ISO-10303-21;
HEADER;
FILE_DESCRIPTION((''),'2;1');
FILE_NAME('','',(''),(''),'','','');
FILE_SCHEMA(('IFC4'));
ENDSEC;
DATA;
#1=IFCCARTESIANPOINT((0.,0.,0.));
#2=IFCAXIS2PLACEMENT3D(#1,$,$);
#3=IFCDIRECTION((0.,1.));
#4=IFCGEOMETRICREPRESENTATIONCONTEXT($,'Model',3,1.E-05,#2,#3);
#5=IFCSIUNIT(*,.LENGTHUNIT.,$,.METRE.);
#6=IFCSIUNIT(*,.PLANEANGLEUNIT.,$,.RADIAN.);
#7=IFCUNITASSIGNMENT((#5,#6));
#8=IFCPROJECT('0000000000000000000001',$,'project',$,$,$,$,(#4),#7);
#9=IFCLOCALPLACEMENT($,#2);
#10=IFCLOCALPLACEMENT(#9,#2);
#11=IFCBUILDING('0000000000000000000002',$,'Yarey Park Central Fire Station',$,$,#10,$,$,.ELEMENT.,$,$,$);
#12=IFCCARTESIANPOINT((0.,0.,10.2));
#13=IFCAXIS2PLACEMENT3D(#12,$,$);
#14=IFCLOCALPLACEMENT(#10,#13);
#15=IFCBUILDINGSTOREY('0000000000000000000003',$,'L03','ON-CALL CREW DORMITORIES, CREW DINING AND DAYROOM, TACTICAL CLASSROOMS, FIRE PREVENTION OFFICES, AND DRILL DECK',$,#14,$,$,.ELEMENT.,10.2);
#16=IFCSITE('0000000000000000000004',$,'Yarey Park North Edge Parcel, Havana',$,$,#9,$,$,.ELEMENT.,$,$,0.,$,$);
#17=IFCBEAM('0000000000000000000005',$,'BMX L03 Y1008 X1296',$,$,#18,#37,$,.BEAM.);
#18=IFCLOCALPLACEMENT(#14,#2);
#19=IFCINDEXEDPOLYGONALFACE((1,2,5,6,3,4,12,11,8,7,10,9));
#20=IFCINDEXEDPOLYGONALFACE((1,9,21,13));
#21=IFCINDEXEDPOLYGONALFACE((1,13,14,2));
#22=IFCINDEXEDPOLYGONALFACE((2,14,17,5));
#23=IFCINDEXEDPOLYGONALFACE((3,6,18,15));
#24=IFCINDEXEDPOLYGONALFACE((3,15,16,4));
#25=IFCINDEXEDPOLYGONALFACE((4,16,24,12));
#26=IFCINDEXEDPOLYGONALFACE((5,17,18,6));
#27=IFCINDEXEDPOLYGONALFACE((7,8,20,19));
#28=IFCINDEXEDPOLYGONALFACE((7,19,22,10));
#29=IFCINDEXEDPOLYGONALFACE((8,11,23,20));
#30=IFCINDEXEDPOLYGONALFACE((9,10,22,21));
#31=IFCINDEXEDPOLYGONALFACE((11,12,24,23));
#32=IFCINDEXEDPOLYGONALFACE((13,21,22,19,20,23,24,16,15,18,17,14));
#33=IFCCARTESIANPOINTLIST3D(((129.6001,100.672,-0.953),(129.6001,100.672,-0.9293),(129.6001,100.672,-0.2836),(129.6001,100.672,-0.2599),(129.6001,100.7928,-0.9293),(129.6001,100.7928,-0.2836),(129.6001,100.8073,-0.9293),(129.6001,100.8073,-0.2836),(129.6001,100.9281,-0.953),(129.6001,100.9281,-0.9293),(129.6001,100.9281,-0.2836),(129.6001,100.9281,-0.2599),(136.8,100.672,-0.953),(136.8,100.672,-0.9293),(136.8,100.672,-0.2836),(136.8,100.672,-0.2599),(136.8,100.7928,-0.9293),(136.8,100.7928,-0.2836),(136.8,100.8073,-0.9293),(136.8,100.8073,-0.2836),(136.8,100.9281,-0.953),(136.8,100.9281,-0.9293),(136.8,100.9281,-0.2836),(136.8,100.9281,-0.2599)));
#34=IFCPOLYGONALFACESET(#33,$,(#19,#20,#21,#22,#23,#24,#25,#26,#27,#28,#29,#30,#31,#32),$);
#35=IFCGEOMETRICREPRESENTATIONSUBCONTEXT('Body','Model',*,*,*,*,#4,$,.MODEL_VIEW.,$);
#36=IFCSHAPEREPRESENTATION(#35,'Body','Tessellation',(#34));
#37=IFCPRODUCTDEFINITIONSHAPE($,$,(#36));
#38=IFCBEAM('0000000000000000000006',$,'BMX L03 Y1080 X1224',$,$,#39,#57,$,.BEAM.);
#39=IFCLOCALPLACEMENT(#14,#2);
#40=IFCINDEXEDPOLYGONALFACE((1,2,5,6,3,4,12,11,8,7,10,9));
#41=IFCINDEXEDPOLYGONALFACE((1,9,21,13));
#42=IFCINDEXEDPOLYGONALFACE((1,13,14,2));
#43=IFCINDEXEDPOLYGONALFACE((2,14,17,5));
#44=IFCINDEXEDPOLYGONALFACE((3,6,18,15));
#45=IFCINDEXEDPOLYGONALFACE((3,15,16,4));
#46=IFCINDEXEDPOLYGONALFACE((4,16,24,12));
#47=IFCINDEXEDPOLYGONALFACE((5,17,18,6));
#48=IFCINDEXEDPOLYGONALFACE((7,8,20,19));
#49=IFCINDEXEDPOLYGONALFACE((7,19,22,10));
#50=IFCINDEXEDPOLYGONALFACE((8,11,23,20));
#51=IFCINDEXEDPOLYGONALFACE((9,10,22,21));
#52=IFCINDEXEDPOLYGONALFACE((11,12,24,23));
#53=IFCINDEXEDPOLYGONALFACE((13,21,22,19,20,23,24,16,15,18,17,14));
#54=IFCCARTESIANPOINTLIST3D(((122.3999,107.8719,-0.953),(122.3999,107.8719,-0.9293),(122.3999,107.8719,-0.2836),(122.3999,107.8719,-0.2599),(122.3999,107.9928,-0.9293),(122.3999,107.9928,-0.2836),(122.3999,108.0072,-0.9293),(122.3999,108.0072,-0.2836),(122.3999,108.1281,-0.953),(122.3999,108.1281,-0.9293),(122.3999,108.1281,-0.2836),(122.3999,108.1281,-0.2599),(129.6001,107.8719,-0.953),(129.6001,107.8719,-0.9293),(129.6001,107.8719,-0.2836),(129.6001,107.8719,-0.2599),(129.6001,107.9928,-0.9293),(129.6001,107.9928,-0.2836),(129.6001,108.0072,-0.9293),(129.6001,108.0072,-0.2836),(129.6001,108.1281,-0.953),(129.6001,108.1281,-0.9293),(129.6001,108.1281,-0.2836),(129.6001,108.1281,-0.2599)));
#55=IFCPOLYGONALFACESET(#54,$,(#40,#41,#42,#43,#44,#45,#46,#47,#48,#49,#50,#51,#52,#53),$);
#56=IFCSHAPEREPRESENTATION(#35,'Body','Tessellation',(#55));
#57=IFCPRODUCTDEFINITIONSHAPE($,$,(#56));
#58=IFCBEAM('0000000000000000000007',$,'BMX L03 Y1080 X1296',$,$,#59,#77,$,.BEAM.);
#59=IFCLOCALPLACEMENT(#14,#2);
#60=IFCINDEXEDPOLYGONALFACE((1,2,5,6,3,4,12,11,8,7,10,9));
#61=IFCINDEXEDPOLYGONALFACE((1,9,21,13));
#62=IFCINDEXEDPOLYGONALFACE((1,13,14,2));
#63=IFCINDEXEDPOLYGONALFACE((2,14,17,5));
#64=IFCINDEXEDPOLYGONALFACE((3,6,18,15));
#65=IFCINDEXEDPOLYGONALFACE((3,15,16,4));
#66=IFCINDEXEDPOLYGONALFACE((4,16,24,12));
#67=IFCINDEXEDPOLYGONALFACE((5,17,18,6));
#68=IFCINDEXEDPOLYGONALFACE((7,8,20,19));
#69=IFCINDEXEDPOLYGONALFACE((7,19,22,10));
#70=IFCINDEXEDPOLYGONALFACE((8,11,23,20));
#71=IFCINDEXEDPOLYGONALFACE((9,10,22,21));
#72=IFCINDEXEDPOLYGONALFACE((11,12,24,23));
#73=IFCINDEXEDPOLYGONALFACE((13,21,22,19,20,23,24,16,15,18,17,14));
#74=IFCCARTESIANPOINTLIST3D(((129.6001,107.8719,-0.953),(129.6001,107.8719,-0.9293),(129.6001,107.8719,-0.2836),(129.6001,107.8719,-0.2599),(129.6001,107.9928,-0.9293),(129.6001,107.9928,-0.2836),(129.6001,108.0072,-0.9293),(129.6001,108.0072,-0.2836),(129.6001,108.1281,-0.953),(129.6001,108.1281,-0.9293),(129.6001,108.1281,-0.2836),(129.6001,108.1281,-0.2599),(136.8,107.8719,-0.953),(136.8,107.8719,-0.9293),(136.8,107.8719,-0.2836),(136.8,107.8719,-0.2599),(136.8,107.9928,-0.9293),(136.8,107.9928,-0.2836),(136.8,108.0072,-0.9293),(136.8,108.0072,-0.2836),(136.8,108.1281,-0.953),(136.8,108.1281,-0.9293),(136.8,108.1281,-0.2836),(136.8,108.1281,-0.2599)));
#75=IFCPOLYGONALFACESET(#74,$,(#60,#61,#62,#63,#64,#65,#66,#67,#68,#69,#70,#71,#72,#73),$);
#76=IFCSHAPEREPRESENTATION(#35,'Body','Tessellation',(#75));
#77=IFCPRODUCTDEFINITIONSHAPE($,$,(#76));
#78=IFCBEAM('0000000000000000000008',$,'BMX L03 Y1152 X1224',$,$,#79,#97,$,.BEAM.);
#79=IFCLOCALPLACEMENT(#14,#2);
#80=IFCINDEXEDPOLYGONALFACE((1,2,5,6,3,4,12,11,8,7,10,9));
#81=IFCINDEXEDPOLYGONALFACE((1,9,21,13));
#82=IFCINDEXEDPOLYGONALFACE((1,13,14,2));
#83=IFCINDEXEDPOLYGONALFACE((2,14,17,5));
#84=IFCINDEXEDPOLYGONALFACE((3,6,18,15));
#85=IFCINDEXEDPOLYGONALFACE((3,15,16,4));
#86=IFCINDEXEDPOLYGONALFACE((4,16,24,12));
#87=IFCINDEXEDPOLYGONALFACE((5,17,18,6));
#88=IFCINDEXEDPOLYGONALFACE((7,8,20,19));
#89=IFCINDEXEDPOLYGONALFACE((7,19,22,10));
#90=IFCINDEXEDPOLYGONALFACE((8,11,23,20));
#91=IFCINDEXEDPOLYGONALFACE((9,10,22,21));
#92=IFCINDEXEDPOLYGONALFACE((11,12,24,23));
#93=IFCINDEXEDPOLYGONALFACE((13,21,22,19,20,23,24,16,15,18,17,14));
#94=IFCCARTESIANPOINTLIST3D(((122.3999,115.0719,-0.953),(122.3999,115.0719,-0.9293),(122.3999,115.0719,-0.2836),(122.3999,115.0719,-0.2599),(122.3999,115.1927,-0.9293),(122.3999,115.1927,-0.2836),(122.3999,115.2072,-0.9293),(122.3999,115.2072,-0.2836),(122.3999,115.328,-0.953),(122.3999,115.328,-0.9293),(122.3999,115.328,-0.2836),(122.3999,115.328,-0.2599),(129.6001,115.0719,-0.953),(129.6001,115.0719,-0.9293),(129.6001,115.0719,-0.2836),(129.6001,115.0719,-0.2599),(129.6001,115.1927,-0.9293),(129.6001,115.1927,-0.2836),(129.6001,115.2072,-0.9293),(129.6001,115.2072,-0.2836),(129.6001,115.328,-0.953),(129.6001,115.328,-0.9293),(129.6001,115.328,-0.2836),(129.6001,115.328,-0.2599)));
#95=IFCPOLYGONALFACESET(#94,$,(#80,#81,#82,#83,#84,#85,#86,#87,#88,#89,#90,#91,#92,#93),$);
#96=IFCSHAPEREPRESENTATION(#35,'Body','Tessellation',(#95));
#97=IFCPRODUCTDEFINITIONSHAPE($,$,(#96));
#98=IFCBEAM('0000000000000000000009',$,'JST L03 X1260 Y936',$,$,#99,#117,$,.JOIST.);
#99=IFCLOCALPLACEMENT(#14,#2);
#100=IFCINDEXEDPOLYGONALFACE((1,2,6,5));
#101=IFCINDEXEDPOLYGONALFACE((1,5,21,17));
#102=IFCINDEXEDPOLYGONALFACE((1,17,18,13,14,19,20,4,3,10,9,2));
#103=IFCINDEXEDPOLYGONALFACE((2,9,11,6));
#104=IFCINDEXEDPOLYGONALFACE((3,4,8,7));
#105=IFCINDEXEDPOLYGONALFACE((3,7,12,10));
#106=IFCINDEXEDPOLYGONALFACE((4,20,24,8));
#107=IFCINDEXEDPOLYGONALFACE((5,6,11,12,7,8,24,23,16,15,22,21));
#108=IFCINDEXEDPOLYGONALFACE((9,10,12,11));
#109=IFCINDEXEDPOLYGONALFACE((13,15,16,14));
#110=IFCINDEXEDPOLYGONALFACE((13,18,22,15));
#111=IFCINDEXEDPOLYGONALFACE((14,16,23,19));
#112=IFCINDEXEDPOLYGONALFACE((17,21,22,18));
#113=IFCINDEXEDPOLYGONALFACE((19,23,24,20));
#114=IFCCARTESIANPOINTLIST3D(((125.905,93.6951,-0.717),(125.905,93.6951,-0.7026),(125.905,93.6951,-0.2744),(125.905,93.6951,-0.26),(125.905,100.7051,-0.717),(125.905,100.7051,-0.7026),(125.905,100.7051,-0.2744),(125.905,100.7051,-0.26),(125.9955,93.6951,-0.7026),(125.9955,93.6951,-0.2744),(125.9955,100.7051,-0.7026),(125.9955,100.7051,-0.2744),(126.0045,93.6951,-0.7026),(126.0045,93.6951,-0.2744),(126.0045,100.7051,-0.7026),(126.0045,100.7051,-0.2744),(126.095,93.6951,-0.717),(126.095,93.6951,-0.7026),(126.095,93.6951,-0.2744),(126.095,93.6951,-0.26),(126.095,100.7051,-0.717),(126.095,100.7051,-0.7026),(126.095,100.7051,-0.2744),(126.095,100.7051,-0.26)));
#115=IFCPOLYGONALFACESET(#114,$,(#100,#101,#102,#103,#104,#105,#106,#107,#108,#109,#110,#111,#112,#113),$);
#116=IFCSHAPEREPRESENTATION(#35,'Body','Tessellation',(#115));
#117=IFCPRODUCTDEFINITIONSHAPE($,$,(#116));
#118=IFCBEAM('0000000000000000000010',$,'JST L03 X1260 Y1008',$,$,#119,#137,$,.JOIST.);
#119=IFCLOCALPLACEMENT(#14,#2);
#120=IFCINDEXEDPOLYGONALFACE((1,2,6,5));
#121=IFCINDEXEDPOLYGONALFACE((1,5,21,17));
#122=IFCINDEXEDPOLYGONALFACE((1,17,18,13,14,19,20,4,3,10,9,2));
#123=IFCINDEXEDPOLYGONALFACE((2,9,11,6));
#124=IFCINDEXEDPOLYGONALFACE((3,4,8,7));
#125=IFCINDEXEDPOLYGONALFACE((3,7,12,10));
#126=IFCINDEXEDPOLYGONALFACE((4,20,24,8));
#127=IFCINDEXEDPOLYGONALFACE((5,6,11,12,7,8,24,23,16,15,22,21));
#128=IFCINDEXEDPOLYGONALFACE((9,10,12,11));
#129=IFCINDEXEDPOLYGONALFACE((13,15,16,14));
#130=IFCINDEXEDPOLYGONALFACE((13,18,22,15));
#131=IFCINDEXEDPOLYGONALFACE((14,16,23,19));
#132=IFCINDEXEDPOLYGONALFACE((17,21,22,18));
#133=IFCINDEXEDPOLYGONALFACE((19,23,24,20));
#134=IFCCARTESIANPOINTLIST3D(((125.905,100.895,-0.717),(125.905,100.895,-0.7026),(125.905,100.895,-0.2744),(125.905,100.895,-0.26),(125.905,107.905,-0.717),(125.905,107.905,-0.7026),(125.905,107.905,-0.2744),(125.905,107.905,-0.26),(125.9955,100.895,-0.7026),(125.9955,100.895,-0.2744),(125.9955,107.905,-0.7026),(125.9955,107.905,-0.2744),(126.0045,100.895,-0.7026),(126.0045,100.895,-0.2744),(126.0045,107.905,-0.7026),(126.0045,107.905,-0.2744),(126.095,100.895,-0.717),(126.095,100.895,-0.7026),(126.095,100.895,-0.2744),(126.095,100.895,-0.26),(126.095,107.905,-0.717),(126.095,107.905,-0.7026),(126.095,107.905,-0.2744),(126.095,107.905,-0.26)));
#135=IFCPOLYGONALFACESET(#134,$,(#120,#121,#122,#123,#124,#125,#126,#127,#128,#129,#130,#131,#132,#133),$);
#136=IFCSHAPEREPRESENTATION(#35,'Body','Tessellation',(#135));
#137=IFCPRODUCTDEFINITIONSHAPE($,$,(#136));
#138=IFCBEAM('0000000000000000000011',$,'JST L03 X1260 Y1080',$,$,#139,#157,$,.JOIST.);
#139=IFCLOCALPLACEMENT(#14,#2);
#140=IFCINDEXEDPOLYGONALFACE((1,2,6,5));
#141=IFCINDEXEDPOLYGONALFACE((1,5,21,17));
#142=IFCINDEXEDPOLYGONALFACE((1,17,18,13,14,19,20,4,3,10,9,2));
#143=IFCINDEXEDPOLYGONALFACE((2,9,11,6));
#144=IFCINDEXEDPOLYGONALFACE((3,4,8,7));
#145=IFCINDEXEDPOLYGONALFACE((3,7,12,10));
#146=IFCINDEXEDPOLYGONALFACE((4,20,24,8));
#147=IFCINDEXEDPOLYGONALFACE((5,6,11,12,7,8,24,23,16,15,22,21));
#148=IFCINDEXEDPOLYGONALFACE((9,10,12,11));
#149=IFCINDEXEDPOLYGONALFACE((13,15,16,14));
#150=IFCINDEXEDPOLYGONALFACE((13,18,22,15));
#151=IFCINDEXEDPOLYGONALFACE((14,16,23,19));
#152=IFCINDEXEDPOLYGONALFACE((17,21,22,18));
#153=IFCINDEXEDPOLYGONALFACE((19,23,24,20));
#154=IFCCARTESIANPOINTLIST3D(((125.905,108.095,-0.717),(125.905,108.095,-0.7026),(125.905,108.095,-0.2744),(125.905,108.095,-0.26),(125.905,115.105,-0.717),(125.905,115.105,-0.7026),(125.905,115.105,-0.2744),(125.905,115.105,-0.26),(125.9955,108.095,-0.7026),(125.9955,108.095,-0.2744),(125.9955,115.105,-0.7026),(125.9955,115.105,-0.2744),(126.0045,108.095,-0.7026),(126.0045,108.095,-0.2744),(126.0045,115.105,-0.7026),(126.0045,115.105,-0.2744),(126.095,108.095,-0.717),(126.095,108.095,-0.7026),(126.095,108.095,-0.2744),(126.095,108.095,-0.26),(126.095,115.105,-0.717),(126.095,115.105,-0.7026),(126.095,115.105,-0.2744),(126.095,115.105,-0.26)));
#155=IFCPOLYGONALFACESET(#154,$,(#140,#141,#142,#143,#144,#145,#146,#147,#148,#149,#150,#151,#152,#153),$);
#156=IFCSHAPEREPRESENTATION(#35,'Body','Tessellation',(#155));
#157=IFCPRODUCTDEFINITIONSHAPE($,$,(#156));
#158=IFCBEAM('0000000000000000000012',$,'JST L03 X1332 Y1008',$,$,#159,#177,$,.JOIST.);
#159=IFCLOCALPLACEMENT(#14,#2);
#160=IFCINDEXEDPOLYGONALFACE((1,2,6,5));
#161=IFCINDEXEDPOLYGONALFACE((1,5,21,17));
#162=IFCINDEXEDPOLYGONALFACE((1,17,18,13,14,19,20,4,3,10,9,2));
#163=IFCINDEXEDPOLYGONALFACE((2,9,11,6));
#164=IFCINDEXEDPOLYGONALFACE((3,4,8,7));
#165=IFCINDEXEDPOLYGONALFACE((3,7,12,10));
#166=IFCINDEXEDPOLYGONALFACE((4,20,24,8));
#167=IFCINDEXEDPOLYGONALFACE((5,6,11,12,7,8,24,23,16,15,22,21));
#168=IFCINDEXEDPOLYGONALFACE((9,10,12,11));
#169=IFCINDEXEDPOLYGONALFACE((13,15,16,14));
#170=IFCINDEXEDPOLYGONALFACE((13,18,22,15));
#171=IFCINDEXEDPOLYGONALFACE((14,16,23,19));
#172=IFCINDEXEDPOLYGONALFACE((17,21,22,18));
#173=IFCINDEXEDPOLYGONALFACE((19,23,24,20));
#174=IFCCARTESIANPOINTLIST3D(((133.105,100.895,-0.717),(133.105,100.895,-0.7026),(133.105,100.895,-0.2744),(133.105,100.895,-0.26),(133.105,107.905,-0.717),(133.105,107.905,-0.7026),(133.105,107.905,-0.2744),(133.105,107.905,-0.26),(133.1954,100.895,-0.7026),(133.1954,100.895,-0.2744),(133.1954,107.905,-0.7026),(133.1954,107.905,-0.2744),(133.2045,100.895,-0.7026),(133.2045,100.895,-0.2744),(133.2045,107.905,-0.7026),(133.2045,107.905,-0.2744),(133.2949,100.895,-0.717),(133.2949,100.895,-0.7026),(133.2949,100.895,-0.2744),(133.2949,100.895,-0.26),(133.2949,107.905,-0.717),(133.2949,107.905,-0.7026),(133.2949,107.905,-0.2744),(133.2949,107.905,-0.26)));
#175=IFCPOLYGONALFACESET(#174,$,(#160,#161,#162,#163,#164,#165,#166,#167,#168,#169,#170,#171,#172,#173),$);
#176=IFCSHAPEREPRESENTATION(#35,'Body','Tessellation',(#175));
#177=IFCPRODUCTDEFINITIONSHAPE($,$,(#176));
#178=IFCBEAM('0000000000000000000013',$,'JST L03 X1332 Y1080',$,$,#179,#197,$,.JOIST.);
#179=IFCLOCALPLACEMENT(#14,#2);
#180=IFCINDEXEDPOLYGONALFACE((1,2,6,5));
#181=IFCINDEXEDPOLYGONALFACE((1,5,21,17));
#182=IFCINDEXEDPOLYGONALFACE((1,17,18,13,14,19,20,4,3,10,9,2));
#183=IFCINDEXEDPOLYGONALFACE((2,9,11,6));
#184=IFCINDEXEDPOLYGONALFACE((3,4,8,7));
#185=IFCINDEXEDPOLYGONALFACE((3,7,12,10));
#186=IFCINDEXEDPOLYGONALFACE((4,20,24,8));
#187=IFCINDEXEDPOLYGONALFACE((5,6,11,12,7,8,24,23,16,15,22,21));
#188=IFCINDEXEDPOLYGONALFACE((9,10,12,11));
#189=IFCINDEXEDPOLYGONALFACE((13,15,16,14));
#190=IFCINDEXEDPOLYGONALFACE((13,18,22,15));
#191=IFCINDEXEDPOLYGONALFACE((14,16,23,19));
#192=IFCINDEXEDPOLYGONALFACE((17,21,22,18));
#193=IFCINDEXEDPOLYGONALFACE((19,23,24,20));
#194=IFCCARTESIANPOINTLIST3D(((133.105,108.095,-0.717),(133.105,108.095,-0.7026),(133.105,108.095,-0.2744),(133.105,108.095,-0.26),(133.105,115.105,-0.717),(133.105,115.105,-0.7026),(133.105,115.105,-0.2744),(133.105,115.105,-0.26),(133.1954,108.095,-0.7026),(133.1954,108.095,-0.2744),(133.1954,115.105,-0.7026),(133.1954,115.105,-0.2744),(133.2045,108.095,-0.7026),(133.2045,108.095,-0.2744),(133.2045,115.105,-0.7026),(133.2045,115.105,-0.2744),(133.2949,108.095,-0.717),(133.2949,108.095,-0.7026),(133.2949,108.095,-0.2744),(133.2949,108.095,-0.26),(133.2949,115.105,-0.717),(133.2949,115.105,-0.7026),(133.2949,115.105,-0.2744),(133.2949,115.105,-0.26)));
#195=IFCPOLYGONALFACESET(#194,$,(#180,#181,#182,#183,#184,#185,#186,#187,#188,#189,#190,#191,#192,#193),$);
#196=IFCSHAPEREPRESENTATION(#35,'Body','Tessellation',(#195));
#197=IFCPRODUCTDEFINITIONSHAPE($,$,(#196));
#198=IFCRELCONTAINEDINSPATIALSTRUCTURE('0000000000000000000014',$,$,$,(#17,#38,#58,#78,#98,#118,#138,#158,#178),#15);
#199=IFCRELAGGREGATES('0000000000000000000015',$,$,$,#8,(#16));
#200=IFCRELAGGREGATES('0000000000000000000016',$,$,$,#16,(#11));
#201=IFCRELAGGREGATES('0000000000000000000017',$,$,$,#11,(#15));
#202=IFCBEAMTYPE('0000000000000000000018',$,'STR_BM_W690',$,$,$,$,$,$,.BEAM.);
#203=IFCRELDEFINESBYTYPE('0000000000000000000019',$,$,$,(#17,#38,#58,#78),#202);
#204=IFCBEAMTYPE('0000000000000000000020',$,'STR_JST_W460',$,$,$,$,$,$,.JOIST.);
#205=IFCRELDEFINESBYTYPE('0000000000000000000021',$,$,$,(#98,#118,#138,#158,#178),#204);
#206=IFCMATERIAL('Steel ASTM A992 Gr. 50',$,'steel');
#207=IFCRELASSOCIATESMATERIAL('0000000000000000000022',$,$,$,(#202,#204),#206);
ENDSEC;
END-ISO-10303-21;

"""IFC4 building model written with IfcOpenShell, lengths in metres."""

from ifc_helpers import new_model, si_unit, direction, frame, origin, origin_2d, place, context, subcontext, project, spatial, i_section, extrude, material, material_profile, profile_set, type_object, element, save


model = new_model("IFC4")

# Units and contexts
model_context = context("Model", 3, precision=1e-05, world=origin(), true_north=direction((0.0, 1.0)))
body_context = subcontext(model_context, "Body", "Model", "MODEL_VIEW")
ifc_project = project(units=[si_unit("LENGTHUNIT", "METRE"), si_unit("PLANEANGLEUNIT", "RADIAN")], contexts=[model_context])

# Site, building, storey
site_placement = place(None, origin())
site = spatial("IfcSite", under=ifc_project, at=site_placement, Name="Yarey Park North Edge Parcel, Havana", CompositionType="ELEMENT", RefElevation=0.0)
building_placement = place(site_placement, origin())
building = spatial("IfcBuilding", under=site, at=building_placement, Name="Yarey Park Central Fire Station", CompositionType="ELEMENT")
storey_placement = place(building_placement, frame((0.0, 0.0, 10.2)))
storey = spatial("IfcBuildingStorey", under=building, at=storey_placement, Name="L03", Description="ON-CALL CREW DORMITORIES, CREW DINING AND DAYROOM, TACTICAL CLASSROOMS, FIRE PREVENTION OFFICES, AND DRILL DECK", CompositionType="ELEMENT", Elevation=10.2)

# Beams
ifc_material_1 = material(Name="Steel ASTM A992 Gr. 50", Category="steel")
ifc_material_profile_1 = material_profile(ifc_material_1, i_section(OverallWidth=0.2561, OverallDepth=0.6931, WebThickness=0.0144, FlangeThickness=0.0237, at=origin_2d()), Name="W690x170")
ifc_profile_set_1 = profile_set([ifc_material_profile_1], Name="Steel ASTM A992 Gr. 50")
beam_type_1 = type_object("IfcBeamType", Name="STR_BM_W690", PredefinedType="BEAM", material=ifc_profile_set_1)
beam_1_placement = place(storey_placement, frame((129.6001, 100.8, -0.6064), z_axis=(1.0, 0.0, 0.0), x_axis=(0.0, 1.0, 0.0)))
element("IfcBeam", 1, at=beam_1_placement, inside=storey, type_object=beam_type_1, Name="BMX L03 Y1008 X1296", PredefinedType="BEAM", context=body_context, shape_type="SweptSolid", body=[
    extrude(i_section(OverallWidth=0.2561, OverallDepth=0.6931, WebThickness=0.0144, FlangeThickness=0.0237, at=origin_2d()), origin(), (0.0, 0.0, 1.0), 7.2),
])
beam_2_placement = place(storey_placement, frame((122.3999, 108.0, -0.6064), z_axis=(1.0, 0.0, 0.0), x_axis=(0.0, 1.0, 0.0)))
element("IfcBeam", 2, at=beam_2_placement, inside=storey, type_object=beam_type_1, Name="BMX L03 Y1080 X1224", PredefinedType="BEAM", context=body_context, shape_type="SweptSolid", body=[
    extrude(i_section(OverallWidth=0.2561, OverallDepth=0.6931, WebThickness=0.0144, FlangeThickness=0.0237, at=origin_2d()), origin(), (0.0, 0.0, 1.0), 7.2002),
])
beam_3_placement = place(storey_placement, frame((129.6001, 108.0, -0.6064), z_axis=(1.0, 0.0, 0.0), x_axis=(0.0, 1.0, 0.0)))
element("IfcBeam", 3, at=beam_3_placement, inside=storey, type_object=beam_type_1, Name="BMX L03 Y1080 X1296", PredefinedType="BEAM", context=body_context, shape_type="SweptSolid", body=[
    extrude(i_section(OverallWidth=0.2561, OverallDepth=0.6931, WebThickness=0.0144, FlangeThickness=0.0237, at=origin_2d()), origin(), (0.0, 0.0, 1.0), 7.2),
])
beam_4_placement = place(storey_placement, frame((122.3999, 115.2, -0.6064), z_axis=(1.0, 0.0, 0.0), x_axis=(0.0, 1.0, 0.0)))
element("IfcBeam", 4, at=beam_4_placement, inside=storey, type_object=beam_type_1, Name="BMX L03 Y1152 X1224", PredefinedType="BEAM", context=body_context, shape_type="SweptSolid", body=[
    extrude(i_section(OverallWidth=0.2561, OverallDepth=0.6931, WebThickness=0.0144, FlangeThickness=0.0237, at=origin_2d()), origin(), (0.0, 0.0, 1.0), 7.2002),
])
ifc_material_profile_2 = material_profile(ifc_material_1, i_section(OverallWidth=0.1899, OverallDepth=0.457, WebThickness=0.009, FlangeThickness=0.0144, at=origin_2d()), Name="W460x74")
ifc_profile_set_2 = profile_set([ifc_material_profile_2], Name="Steel ASTM A992 Gr. 50")
beam_type_2 = type_object("IfcBeamType", Name="STR_JST_W460", PredefinedType="JOIST", material=ifc_profile_set_2)
for number, where, z_axis, x_axis, name in (
    (5, (126.0, 93.6951, -0.4885), (0.0, 1.0, 0.0), (-1.0, 0.0, 0.0), "JST L03 X1260 Y936"),
    (6, (126.0, 100.895, -0.4885), (0.0, 1.0, 0.0), (-1.0, 0.0, 0.0), "JST L03 X1260 Y1008"),
    (7, (126.0, 108.095, -0.4885), (0.0, 1.0, 0.0), (-1.0, 0.0, 0.0), "JST L03 X1260 Y1080"),
    (8, (133.2, 100.895, -0.4885), (0.0, 1.0, 0.0), (-1.0, 0.0, 0.0), "JST L03 X1332 Y1008"),
    (9, (133.2, 108.095, -0.4885), (0.0, 1.0, 0.0), (-1.0, 0.0, 0.0), "JST L03 X1332 Y1080"),
):
    element("IfcBeam", number, at=place(storey_placement, frame(where, z_axis=z_axis, x_axis=x_axis)), inside=storey, type_object=beam_type_2, Name=name, PredefinedType="JOIST", context=body_context, shape_type="SweptSolid", body=[
        extrude(i_section(OverallWidth=0.1899, OverallDepth=0.457, WebThickness=0.009, FlangeThickness=0.0144, at=origin_2d()), origin(), (0.0, 0.0, 1.0), 7.01),
    ])

save(model, "model.ifc")
